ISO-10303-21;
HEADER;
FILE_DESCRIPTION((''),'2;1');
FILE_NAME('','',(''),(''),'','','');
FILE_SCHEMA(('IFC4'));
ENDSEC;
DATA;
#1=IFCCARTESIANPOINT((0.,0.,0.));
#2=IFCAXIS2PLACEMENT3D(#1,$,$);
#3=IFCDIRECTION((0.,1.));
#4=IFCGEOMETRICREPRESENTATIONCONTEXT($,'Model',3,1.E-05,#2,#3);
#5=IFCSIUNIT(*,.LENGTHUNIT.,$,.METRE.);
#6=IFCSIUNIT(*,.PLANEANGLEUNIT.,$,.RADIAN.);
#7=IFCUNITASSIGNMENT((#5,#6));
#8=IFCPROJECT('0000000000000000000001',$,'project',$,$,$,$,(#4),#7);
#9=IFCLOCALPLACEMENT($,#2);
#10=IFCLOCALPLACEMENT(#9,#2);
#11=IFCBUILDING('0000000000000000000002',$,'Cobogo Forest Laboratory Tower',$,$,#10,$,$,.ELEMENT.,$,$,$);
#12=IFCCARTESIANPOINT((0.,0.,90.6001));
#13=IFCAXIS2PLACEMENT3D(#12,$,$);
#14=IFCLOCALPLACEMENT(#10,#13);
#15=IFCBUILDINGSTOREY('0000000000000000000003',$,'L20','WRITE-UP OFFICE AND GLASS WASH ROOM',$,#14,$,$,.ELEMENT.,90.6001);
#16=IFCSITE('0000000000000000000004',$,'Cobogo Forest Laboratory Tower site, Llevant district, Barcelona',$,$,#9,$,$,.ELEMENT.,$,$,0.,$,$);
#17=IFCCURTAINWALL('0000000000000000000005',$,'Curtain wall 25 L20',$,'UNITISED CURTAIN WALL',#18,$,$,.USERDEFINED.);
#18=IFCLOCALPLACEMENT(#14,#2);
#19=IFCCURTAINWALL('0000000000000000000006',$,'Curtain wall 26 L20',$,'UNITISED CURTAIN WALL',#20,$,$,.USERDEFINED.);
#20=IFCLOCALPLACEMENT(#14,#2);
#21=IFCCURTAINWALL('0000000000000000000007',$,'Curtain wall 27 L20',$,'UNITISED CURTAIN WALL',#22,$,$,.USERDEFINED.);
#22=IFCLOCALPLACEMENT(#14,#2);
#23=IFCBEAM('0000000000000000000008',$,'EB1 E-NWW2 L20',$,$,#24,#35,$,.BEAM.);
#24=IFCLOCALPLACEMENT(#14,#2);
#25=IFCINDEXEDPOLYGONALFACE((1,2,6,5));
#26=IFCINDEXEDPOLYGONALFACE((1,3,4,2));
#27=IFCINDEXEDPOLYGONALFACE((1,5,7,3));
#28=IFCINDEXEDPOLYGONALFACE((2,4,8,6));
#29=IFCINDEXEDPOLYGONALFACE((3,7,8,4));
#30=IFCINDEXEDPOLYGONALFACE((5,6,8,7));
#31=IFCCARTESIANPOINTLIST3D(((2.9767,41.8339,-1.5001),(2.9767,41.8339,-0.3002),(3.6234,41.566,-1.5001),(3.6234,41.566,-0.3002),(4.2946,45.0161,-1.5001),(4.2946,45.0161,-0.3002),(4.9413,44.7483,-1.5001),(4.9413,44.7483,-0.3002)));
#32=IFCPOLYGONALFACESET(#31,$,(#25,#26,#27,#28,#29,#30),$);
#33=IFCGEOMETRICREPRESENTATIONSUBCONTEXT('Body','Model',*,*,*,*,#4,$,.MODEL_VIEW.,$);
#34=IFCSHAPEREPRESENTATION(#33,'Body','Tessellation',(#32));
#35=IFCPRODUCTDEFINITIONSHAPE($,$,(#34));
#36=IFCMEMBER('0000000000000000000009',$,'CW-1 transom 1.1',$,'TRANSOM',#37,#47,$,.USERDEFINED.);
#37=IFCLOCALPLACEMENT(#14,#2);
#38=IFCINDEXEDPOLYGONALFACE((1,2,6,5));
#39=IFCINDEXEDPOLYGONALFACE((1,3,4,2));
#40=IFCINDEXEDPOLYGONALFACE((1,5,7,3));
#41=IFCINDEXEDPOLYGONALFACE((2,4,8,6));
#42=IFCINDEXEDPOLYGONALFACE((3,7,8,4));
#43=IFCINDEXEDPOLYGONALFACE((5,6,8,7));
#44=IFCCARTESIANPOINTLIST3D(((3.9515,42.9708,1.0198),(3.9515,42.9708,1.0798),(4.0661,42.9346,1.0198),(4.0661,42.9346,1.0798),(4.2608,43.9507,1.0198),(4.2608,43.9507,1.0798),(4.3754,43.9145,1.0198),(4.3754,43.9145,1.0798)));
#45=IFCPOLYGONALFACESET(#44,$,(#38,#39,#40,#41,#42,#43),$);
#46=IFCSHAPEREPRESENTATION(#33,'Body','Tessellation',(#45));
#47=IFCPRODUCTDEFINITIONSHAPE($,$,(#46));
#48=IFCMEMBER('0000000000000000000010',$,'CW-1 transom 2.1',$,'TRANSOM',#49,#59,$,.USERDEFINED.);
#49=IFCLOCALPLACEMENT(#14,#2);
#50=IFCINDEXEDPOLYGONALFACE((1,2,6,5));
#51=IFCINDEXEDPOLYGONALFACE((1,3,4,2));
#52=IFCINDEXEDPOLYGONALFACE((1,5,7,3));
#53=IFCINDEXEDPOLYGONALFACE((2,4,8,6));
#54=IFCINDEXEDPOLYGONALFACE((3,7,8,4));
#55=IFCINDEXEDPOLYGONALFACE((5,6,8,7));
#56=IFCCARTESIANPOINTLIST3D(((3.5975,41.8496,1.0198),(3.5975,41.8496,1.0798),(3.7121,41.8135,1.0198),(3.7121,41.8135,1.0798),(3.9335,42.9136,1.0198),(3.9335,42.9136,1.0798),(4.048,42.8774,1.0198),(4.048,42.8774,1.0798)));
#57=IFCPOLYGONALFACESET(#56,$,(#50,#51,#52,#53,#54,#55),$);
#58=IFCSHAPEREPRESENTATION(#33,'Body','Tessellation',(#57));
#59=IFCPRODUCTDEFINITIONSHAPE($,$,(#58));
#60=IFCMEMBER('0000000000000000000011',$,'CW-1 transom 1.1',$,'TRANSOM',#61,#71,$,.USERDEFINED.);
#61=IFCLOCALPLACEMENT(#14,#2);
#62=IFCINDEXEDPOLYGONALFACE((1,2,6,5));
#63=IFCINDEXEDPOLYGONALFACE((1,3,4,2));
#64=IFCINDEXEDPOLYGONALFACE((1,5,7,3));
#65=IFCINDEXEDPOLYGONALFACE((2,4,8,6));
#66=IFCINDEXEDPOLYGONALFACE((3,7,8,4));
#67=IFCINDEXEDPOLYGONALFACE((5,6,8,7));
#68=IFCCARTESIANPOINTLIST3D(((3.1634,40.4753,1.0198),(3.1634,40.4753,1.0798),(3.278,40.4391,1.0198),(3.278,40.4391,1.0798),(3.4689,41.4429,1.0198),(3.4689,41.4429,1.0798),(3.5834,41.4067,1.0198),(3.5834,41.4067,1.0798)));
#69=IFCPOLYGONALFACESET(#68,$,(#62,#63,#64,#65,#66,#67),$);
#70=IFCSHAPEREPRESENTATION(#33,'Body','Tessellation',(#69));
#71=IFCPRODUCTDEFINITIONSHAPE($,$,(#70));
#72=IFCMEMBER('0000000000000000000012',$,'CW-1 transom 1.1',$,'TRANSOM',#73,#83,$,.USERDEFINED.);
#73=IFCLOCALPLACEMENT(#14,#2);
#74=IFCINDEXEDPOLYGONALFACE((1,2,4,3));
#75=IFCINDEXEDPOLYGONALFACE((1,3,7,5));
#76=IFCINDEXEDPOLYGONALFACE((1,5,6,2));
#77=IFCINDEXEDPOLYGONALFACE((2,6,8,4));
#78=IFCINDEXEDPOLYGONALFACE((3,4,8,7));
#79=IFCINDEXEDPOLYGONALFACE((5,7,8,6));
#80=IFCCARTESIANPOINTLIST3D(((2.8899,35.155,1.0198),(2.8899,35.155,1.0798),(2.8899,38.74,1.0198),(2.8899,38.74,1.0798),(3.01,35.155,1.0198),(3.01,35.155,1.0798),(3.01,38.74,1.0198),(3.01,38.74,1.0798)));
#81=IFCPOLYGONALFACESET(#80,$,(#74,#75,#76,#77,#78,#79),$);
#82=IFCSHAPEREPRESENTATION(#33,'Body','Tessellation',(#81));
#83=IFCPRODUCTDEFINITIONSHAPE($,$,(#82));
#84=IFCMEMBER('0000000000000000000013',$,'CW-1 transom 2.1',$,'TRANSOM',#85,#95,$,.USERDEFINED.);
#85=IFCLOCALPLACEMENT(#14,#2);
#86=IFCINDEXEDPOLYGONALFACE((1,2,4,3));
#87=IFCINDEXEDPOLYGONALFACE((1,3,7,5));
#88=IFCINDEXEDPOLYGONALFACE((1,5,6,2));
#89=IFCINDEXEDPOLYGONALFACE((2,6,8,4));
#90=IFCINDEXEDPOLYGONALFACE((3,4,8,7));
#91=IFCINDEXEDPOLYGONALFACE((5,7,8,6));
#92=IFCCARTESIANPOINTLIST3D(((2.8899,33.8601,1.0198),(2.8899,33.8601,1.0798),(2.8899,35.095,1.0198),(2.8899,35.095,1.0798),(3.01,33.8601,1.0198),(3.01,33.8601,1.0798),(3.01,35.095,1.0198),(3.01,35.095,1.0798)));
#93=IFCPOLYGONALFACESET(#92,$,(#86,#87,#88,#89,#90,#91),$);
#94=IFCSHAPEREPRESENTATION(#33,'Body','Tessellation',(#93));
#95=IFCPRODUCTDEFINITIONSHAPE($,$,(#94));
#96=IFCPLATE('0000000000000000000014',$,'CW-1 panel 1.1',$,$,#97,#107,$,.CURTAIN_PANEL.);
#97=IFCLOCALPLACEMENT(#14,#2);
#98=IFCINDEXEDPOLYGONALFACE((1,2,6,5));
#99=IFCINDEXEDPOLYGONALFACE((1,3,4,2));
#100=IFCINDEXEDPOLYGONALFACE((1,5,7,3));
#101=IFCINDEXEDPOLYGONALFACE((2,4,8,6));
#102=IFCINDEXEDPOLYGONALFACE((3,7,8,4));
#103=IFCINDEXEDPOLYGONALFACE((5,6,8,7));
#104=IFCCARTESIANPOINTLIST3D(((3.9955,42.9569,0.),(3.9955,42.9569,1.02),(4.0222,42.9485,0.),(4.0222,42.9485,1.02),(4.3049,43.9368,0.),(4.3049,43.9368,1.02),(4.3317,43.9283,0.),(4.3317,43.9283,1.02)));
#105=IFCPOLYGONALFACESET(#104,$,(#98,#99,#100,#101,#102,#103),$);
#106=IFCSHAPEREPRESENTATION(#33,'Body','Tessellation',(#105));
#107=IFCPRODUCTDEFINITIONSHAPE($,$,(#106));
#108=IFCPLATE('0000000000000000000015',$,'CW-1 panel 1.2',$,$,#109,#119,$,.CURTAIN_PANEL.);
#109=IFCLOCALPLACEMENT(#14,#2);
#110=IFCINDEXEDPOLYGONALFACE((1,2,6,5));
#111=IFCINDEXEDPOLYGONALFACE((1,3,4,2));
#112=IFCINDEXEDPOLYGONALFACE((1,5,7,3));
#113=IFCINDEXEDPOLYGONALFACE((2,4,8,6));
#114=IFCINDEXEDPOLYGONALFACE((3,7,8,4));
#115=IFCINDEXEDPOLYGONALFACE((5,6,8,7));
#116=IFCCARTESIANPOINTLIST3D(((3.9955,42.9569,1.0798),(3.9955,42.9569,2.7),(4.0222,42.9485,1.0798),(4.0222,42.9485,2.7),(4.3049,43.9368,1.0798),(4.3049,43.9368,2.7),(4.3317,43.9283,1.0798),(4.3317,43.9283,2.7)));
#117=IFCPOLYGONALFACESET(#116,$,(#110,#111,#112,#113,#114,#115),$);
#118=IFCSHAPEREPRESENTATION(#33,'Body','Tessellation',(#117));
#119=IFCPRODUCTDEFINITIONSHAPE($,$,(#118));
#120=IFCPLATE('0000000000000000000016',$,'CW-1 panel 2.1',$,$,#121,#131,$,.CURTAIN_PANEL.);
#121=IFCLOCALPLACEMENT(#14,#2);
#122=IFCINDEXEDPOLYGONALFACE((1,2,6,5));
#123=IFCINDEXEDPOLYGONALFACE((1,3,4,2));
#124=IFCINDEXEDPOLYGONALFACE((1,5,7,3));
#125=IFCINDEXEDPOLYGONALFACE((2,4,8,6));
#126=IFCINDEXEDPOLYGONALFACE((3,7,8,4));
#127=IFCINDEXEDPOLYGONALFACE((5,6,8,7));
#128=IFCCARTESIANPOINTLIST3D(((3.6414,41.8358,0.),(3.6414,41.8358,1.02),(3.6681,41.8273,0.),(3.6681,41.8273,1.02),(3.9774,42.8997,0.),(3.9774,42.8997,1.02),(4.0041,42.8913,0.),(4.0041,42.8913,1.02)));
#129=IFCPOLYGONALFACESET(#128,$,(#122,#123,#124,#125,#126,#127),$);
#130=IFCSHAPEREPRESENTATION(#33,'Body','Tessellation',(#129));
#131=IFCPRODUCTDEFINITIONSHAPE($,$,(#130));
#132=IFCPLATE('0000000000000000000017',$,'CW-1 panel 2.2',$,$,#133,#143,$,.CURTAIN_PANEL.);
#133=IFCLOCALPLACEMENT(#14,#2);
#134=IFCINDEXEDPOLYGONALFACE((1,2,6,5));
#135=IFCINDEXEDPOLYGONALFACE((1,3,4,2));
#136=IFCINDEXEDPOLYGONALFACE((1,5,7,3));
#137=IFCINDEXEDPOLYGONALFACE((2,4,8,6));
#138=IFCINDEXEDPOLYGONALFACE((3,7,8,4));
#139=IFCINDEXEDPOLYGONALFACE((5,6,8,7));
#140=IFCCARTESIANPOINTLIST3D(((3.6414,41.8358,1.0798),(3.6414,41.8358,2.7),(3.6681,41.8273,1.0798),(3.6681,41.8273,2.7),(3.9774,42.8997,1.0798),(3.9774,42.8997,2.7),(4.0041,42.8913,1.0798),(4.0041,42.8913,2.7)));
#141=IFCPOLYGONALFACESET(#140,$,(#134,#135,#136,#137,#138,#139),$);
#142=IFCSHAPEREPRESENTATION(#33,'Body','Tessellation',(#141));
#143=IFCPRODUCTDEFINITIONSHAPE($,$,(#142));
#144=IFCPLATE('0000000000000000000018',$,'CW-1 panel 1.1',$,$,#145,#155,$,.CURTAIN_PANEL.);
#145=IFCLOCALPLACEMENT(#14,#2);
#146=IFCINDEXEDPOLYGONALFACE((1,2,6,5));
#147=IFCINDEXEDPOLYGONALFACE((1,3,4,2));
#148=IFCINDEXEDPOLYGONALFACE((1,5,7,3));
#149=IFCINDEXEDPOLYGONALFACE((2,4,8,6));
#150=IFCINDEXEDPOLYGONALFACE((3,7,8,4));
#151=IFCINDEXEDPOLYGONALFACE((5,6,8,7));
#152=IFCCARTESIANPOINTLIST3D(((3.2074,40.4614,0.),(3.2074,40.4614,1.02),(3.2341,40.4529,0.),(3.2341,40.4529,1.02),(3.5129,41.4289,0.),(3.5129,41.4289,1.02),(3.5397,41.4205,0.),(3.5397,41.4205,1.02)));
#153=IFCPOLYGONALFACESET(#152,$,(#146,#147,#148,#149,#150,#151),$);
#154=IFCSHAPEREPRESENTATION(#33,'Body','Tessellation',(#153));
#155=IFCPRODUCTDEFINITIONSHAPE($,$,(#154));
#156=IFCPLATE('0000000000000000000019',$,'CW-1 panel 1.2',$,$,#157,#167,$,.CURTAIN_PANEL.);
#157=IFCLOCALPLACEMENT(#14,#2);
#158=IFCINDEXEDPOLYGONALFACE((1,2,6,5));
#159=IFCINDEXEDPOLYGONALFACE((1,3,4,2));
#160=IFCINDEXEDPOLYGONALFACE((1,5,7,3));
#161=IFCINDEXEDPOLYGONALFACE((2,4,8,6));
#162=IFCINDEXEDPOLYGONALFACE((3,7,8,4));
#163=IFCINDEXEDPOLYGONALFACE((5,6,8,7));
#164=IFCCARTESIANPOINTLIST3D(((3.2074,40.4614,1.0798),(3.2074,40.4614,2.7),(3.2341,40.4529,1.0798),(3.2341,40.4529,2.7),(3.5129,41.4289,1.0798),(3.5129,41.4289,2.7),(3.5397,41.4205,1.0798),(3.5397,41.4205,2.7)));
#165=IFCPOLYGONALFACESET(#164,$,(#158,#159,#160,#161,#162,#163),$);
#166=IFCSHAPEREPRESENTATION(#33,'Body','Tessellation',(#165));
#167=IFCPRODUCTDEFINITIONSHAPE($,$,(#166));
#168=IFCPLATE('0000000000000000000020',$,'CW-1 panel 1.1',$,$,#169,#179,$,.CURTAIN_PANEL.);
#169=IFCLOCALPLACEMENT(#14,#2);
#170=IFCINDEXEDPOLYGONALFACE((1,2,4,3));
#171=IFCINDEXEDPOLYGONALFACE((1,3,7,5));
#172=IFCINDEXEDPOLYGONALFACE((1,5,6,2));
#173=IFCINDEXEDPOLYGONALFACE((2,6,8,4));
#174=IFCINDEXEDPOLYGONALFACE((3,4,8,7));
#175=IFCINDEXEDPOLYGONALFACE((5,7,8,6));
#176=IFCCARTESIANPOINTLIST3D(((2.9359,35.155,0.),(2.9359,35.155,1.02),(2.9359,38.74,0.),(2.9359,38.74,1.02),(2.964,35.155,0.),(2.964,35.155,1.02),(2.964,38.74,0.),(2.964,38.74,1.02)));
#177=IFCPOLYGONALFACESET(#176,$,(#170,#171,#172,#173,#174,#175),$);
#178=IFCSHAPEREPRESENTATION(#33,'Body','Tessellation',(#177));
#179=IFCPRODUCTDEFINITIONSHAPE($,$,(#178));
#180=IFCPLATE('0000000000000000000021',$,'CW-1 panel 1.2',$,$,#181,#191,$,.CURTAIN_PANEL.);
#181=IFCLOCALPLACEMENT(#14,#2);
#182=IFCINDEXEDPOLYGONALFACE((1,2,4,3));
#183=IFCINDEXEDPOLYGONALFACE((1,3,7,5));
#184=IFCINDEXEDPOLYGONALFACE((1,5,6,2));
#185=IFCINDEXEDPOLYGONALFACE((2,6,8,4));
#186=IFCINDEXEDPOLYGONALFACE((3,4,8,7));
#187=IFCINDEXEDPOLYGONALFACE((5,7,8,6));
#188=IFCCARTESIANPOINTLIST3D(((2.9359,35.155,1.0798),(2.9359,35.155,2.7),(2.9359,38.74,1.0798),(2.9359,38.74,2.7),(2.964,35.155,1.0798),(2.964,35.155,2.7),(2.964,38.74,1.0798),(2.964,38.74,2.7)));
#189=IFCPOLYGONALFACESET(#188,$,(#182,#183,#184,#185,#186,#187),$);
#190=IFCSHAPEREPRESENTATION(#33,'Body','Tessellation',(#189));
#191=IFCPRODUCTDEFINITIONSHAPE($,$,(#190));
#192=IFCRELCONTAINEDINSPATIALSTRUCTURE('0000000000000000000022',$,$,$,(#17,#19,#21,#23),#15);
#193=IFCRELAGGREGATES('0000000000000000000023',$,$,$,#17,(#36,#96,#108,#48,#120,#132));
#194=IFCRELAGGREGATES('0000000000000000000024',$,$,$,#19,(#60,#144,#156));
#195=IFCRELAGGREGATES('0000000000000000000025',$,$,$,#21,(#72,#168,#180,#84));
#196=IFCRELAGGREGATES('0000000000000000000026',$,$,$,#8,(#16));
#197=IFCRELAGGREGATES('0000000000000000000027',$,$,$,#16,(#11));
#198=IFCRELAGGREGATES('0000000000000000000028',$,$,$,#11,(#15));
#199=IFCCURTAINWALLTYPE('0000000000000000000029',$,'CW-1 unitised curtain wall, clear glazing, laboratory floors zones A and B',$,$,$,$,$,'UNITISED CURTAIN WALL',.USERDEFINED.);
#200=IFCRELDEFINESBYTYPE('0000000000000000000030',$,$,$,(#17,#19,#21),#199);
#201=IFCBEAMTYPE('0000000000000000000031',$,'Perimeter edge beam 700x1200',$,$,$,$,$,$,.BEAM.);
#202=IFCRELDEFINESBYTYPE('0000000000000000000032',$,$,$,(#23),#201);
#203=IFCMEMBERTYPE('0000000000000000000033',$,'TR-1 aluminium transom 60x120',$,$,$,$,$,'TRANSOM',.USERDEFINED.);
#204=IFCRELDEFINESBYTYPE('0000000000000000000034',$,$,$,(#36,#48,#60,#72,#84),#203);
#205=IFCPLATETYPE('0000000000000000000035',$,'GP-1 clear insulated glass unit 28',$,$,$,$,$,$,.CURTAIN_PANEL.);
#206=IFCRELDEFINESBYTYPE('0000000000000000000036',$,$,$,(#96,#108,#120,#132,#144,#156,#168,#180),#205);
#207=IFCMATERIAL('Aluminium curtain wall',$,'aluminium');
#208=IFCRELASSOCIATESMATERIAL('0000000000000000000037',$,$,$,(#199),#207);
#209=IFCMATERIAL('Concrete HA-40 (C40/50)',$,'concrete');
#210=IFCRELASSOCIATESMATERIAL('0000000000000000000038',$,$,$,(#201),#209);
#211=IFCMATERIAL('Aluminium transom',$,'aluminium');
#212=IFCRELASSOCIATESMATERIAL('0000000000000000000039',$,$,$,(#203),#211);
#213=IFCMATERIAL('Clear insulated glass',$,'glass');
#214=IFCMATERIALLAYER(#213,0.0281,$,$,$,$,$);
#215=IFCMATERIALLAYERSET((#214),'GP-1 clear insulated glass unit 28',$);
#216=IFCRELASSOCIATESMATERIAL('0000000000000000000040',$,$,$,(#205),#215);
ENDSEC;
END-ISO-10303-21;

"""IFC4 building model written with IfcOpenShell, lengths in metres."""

from ifc_helpers import new_model, si_unit, direction, frame, origin, origin_2d, place, context, subcontext, project, spatial, rectangle, extrude, material, layer, layer_set, material_profile, profile_set, type_object, element, aggregate, save


model = new_model("IFC4")

# Units and contexts
model_context = context("Model", 3, precision=1e-05, world=origin(), true_north=direction((0.0, 1.0)))
body_context = subcontext(model_context, "Body", "Model", "MODEL_VIEW")
ifc_project = project(units=[si_unit("LENGTHUNIT", "METRE"), si_unit("PLANEANGLEUNIT", "RADIAN")], contexts=[model_context])

# Site, building, storey
site_placement = place(None, origin())
site = spatial("IfcSite", under=ifc_project, at=site_placement, Name="Cobogo Forest Laboratory Tower site, Llevant district, Barcelona", CompositionType="ELEMENT", RefElevation=0.0)
building_placement = place(site_placement, origin())
building = spatial("IfcBuilding", under=site, at=building_placement, Name="Cobogo Forest Laboratory Tower", CompositionType="ELEMENT")
storey_placement = place(building_placement, frame((0.0, 0.0, 90.6001)))
storey = spatial("IfcBuildingStorey", under=building, at=storey_placement, Name="L20", Description="WRITE-UP OFFICE AND GLASS WASH ROOM", CompositionType="ELEMENT", Elevation=90.6001)

# Shared definitions
ifc_material_1 = material(Name="Concrete HA-40 (C40/50)", Category="concrete")

# Curtain walls
ifc_material_2 = material(Name="Aluminium curtain wall", Category="aluminium")
curtain_wall_type = type_object("IfcCurtainWallType", Name="CW-1 unitised curtain wall, clear glazing, laboratory floors zones A and B", ElementType="UNITISED CURTAIN WALL", PredefinedType="USERDEFINED", material=ifc_material_2)
curtain_wall_1_placement = place(storey_placement, origin())
curtain_wall_1 = element("IfcCurtainWall", 1, at=curtain_wall_1_placement, inside=storey, type_object=curtain_wall_type, Name="Curtain wall 25 L20", ObjectType="UNITISED CURTAIN WALL", PredefinedType="USERDEFINED")
curtain_wall_2_placement = place(storey_placement, origin())
curtain_wall_2 = element("IfcCurtainWall", 2, at=curtain_wall_2_placement, inside=storey, type_object=curtain_wall_type, Name="Curtain wall 26 L20", ObjectType="UNITISED CURTAIN WALL", PredefinedType="USERDEFINED")
curtain_wall_3_placement = place(storey_placement, origin())
curtain_wall_3 = element("IfcCurtainWall", 3, at=curtain_wall_3_placement, inside=storey, type_object=curtain_wall_type, Name="Curtain wall 27 L20", ObjectType="UNITISED CURTAIN WALL", PredefinedType="USERDEFINED")

# Beam
ifc_material_profile_1 = material_profile(ifc_material_1, rectangle(XDim=0.7, YDim=1.2, at=origin_2d()), Name="RC 700x1200")
ifc_profile_set_1 = profile_set([ifc_material_profile_1], Name="Concrete HA-40 (C40/50)")
beam_type_1 = type_object("IfcBeamType", Name="Perimeter edge beam 700x1200", PredefinedType="BEAM", material=ifc_profile_set_1)
beam_1_placement = place(storey_placement, frame((3.3, 41.7, -0.9001), z_axis=(0.382631, 0.923901, 0.0), x_axis=(-0.923901, 0.382631, 0.0)))
element("IfcBeam", 4, at=beam_1_placement, inside=storey, type_object=beam_type_1, Name="EB1 E-NWW2 L20", PredefinedType="BEAM", context=body_context, shape_type="SweptSolid", body=[
    extrude(rectangle(XDim=0.7, YDim=1.2, at=origin_2d()), origin(), (0.0, 0.0, 1.0), 3.4443),
])

# Members
ifc_material_3 = material(Name="Aluminium transom", Category="aluminium")
ifc_material_profile_2 = material_profile(ifc_material_3, rectangle(XDim=0.1201, YDim=0.0601, at=origin_2d()), Name="AL 60x120")
ifc_profile_set_2 = profile_set([ifc_material_profile_2], Name="Aluminium transom")
member_type_1 = type_object("IfcMemberType", Name="TR-1 aluminium transom 60x120", ElementType="TRANSOM", PredefinedType="USERDEFINED", material=ifc_profile_set_2)
member_1_placement = place(storey_placement, frame((4.3181, 43.9326, 1.0498), z_axis=(-0.301006, -0.953622, 0.0), x_axis=(0.953622, -0.301006, 0.0)))
member_1 = element("IfcMember", 5, at=member_1_placement, type_object=member_type_1, Name="CW-1 transom 1.1", ObjectType="TRANSOM", PredefinedType="USERDEFINED", context=body_context, shape_type="SweptSolid", body=[
    extrude(rectangle(XDim=0.1201, YDim=0.0601, at=origin_2d()), origin(), (0.0, 0.0, 1.0), 1.0276),
])
member_2_placement = place(storey_placement, frame((3.9907, 42.8955, 1.0498), z_axis=(-0.301089, -0.953596, 0.0), x_axis=(0.953596, -0.301089, 0.0)))
member_2 = element("IfcMember", 6, at=member_2_placement, type_object=member_type_1, Name="CW-1 transom 2.1", ObjectType="TRANSOM", PredefinedType="USERDEFINED", context=body_context, shape_type="SweptSolid", body=[
    extrude(rectangle(XDim=0.1201, YDim=0.0601, at=origin_2d()), origin(), (0.0, 0.0, 1.0), 1.1157),
])
member_3_placement = place(storey_placement, frame((3.5261, 41.4248, 1.0498), z_axis=(-0.301028, -0.953615, 0.0), x_axis=(0.953615, -0.301028, 0.0)))
member_3 = element("IfcMember", 7, at=member_3_placement, type_object=member_type_1, Name="CW-1 transom 1.1", ObjectType="TRANSOM", PredefinedType="USERDEFINED", context=body_context, shape_type="SweptSolid", body=[
    extrude(rectangle(XDim=0.1201, YDim=0.0601, at=origin_2d()), origin(), (0.0, 0.0, 1.0), 1.0146),
])
member_4_placement = place(storey_placement, frame((2.95, 38.74, 1.0498), z_axis=(0.0, -1.0, 0.0), x_axis=(1.0, 0.0, 0.0)))
member_4 = element("IfcMember", 8, at=member_4_placement, type_object=member_type_1, Name="CW-1 transom 1.1", ObjectType="TRANSOM", PredefinedType="USERDEFINED", context=body_context, shape_type="SweptSolid", body=[
    extrude(rectangle(XDim=0.1201, YDim=0.0601, at=origin_2d()), origin(), (0.0, 0.0, 1.0), 3.585),
])
member_5_placement = place(storey_placement, frame((2.95, 35.095, 1.0498), z_axis=(0.0, -1.0, 0.0), x_axis=(1.0, 0.0, 0.0)))
member_5 = element("IfcMember", 9, at=member_5_placement, type_object=member_type_1, Name="CW-1 transom 2.1", ObjectType="TRANSOM", PredefinedType="USERDEFINED", context=body_context, shape_type="SweptSolid", body=[
    extrude(rectangle(XDim=0.1201, YDim=0.0601, at=origin_2d()), origin(), (0.0, 0.0, 1.0), 1.2349),
])

# Plates
ifc_material_4 = material(Name="Clear insulated glass", Category="glass")
ifc_layer_1 = layer(ifc_material_4, 0.0281)
ifc_layer_set_1 = layer_set([ifc_layer_1], Name="GP-1 clear insulated glass unit 28")
plate_type_1 = type_object("IfcPlateType", Name="GP-1 clear insulated glass unit 28", PredefinedType="CURTAIN_PANEL", material=ifc_layer_set_1)
plate_1_placement = place(storey_placement, frame((4.1636, 43.4426, 0.0), z_axis=(0.0, 0.0, 1.0), x_axis=(-0.301135, -0.953581, 0.0)))
plate_1 = element("IfcPlate", 10, at=plate_1_placement, type_object=plate_type_1, Name="CW-1 panel 1.1", PredefinedType="CURTAIN_PANEL", context=body_context, shape_type="SweptSolid", body=[
    extrude(rectangle(XDim=1.0276, YDim=0.0281, at=origin_2d()), origin(), (0.0, 0.0, 1.0), 1.02),
])
plate_2_placement = place(storey_placement, frame((4.1636, 43.4426, 1.0798), z_axis=(0.0, 0.0, 1.0), x_axis=(-0.301135, -0.953581, 0.0)))
plate_2 = element("IfcPlate", 11, at=plate_2_placement, type_object=plate_type_1, Name="CW-1 panel 1.2", PredefinedType="CURTAIN_PANEL", context=body_context, shape_type="SweptSolid", body=[
    extrude(rectangle(XDim=1.0276, YDim=0.0281, at=origin_2d()), origin(), (0.0, 0.0, 1.0), 1.6201),
])
plate_3_placement = place(storey_placement, frame((3.8228, 42.3635, 0.0), z_axis=(0.0, 0.0, 1.0), x_axis=(-0.301135, -0.953581, 0.0)))
plate_3 = element("IfcPlate", 12, at=plate_3_placement, type_object=plate_type_1, Name="CW-1 panel 2.1", PredefinedType="CURTAIN_PANEL", context=body_context, shape_type="SweptSolid", body=[
    extrude(rectangle(XDim=1.1157, YDim=0.0281, at=origin_2d()), origin(), (0.0, 0.0, 1.0), 1.02),
])
plate_4_placement = place(storey_placement, frame((3.8228, 42.3635, 1.0798), z_axis=(0.0, 0.0, 1.0), x_axis=(-0.301135, -0.953581, 0.0)))
plate_4 = element("IfcPlate", 13, at=plate_4_placement, type_object=plate_type_1, Name="CW-1 panel 2.2", PredefinedType="CURTAIN_PANEL", context=body_context, shape_type="SweptSolid", body=[
    extrude(rectangle(XDim=1.1157, YDim=0.0281, at=origin_2d()), origin(), (0.0, 0.0, 1.0), 1.6201),
])
aggregate(curtain_wall_1, [member_1, plate_1, plate_2, member_2, plate_3, plate_4])
plate_5_placement = place(storey_placement, frame((3.3735, 40.9409, 0.0), z_axis=(0.0, 0.0, 1.0), x_axis=(-0.301136, -0.953581, 0.0)))
plate_5 = element("IfcPlate", 14, at=plate_5_placement, type_object=plate_type_1, Name="CW-1 panel 1.1", PredefinedType="CURTAIN_PANEL", context=body_context, shape_type="SweptSolid", body=[
    extrude(rectangle(XDim=1.0146, YDim=0.0281, at=origin_2d()), origin(), (0.0, 0.0, 1.0), 1.02),
])
plate_6_placement = place(storey_placement, frame((3.3735, 40.9409, 1.0798), z_axis=(0.0, 0.0, 1.0), x_axis=(-0.301136, -0.953581, 0.0)))
plate_6 = element("IfcPlate", 15, at=plate_6_placement, type_object=plate_type_1, Name="CW-1 panel 1.2", PredefinedType="CURTAIN_PANEL", context=body_context, shape_type="SweptSolid", body=[
    extrude(rectangle(XDim=1.0146, YDim=0.0281, at=origin_2d()), origin(), (0.0, 0.0, 1.0), 1.6201),
])
aggregate(curtain_wall_2, [member_3, plate_5, plate_6])
plate_7_placement = place(storey_placement, frame((2.95, 36.9475, 0.0), z_axis=(0.0, 0.0, 1.0), x_axis=(0.0, -1.0, 0.0)))
plate_7 = element("IfcPlate", 16, at=plate_7_placement, type_object=plate_type_1, Name="CW-1 panel 1.1", PredefinedType="CURTAIN_PANEL", context=body_context, shape_type="SweptSolid", body=[
    extrude(rectangle(XDim=3.585, YDim=0.0281, at=origin_2d()), origin(), (0.0, 0.0, 1.0), 1.02),
])
plate_8_placement = place(storey_placement, frame((2.95, 36.9475, 1.0798), z_axis=(0.0, 0.0, 1.0), x_axis=(0.0, -1.0, 0.0)))
plate_8 = element("IfcPlate", 17, at=plate_8_placement, type_object=plate_type_1, Name="CW-1 panel 1.2", PredefinedType="CURTAIN_PANEL", context=body_context, shape_type="SweptSolid", body=[
    extrude(rectangle(XDim=3.585, YDim=0.0281, at=origin_2d()), origin(), (0.0, 0.0, 1.0), 1.6201),
])
aggregate(curtain_wall_3, [member_4, plate_7, plate_8, member_5])

save(model, "model.ifc")
